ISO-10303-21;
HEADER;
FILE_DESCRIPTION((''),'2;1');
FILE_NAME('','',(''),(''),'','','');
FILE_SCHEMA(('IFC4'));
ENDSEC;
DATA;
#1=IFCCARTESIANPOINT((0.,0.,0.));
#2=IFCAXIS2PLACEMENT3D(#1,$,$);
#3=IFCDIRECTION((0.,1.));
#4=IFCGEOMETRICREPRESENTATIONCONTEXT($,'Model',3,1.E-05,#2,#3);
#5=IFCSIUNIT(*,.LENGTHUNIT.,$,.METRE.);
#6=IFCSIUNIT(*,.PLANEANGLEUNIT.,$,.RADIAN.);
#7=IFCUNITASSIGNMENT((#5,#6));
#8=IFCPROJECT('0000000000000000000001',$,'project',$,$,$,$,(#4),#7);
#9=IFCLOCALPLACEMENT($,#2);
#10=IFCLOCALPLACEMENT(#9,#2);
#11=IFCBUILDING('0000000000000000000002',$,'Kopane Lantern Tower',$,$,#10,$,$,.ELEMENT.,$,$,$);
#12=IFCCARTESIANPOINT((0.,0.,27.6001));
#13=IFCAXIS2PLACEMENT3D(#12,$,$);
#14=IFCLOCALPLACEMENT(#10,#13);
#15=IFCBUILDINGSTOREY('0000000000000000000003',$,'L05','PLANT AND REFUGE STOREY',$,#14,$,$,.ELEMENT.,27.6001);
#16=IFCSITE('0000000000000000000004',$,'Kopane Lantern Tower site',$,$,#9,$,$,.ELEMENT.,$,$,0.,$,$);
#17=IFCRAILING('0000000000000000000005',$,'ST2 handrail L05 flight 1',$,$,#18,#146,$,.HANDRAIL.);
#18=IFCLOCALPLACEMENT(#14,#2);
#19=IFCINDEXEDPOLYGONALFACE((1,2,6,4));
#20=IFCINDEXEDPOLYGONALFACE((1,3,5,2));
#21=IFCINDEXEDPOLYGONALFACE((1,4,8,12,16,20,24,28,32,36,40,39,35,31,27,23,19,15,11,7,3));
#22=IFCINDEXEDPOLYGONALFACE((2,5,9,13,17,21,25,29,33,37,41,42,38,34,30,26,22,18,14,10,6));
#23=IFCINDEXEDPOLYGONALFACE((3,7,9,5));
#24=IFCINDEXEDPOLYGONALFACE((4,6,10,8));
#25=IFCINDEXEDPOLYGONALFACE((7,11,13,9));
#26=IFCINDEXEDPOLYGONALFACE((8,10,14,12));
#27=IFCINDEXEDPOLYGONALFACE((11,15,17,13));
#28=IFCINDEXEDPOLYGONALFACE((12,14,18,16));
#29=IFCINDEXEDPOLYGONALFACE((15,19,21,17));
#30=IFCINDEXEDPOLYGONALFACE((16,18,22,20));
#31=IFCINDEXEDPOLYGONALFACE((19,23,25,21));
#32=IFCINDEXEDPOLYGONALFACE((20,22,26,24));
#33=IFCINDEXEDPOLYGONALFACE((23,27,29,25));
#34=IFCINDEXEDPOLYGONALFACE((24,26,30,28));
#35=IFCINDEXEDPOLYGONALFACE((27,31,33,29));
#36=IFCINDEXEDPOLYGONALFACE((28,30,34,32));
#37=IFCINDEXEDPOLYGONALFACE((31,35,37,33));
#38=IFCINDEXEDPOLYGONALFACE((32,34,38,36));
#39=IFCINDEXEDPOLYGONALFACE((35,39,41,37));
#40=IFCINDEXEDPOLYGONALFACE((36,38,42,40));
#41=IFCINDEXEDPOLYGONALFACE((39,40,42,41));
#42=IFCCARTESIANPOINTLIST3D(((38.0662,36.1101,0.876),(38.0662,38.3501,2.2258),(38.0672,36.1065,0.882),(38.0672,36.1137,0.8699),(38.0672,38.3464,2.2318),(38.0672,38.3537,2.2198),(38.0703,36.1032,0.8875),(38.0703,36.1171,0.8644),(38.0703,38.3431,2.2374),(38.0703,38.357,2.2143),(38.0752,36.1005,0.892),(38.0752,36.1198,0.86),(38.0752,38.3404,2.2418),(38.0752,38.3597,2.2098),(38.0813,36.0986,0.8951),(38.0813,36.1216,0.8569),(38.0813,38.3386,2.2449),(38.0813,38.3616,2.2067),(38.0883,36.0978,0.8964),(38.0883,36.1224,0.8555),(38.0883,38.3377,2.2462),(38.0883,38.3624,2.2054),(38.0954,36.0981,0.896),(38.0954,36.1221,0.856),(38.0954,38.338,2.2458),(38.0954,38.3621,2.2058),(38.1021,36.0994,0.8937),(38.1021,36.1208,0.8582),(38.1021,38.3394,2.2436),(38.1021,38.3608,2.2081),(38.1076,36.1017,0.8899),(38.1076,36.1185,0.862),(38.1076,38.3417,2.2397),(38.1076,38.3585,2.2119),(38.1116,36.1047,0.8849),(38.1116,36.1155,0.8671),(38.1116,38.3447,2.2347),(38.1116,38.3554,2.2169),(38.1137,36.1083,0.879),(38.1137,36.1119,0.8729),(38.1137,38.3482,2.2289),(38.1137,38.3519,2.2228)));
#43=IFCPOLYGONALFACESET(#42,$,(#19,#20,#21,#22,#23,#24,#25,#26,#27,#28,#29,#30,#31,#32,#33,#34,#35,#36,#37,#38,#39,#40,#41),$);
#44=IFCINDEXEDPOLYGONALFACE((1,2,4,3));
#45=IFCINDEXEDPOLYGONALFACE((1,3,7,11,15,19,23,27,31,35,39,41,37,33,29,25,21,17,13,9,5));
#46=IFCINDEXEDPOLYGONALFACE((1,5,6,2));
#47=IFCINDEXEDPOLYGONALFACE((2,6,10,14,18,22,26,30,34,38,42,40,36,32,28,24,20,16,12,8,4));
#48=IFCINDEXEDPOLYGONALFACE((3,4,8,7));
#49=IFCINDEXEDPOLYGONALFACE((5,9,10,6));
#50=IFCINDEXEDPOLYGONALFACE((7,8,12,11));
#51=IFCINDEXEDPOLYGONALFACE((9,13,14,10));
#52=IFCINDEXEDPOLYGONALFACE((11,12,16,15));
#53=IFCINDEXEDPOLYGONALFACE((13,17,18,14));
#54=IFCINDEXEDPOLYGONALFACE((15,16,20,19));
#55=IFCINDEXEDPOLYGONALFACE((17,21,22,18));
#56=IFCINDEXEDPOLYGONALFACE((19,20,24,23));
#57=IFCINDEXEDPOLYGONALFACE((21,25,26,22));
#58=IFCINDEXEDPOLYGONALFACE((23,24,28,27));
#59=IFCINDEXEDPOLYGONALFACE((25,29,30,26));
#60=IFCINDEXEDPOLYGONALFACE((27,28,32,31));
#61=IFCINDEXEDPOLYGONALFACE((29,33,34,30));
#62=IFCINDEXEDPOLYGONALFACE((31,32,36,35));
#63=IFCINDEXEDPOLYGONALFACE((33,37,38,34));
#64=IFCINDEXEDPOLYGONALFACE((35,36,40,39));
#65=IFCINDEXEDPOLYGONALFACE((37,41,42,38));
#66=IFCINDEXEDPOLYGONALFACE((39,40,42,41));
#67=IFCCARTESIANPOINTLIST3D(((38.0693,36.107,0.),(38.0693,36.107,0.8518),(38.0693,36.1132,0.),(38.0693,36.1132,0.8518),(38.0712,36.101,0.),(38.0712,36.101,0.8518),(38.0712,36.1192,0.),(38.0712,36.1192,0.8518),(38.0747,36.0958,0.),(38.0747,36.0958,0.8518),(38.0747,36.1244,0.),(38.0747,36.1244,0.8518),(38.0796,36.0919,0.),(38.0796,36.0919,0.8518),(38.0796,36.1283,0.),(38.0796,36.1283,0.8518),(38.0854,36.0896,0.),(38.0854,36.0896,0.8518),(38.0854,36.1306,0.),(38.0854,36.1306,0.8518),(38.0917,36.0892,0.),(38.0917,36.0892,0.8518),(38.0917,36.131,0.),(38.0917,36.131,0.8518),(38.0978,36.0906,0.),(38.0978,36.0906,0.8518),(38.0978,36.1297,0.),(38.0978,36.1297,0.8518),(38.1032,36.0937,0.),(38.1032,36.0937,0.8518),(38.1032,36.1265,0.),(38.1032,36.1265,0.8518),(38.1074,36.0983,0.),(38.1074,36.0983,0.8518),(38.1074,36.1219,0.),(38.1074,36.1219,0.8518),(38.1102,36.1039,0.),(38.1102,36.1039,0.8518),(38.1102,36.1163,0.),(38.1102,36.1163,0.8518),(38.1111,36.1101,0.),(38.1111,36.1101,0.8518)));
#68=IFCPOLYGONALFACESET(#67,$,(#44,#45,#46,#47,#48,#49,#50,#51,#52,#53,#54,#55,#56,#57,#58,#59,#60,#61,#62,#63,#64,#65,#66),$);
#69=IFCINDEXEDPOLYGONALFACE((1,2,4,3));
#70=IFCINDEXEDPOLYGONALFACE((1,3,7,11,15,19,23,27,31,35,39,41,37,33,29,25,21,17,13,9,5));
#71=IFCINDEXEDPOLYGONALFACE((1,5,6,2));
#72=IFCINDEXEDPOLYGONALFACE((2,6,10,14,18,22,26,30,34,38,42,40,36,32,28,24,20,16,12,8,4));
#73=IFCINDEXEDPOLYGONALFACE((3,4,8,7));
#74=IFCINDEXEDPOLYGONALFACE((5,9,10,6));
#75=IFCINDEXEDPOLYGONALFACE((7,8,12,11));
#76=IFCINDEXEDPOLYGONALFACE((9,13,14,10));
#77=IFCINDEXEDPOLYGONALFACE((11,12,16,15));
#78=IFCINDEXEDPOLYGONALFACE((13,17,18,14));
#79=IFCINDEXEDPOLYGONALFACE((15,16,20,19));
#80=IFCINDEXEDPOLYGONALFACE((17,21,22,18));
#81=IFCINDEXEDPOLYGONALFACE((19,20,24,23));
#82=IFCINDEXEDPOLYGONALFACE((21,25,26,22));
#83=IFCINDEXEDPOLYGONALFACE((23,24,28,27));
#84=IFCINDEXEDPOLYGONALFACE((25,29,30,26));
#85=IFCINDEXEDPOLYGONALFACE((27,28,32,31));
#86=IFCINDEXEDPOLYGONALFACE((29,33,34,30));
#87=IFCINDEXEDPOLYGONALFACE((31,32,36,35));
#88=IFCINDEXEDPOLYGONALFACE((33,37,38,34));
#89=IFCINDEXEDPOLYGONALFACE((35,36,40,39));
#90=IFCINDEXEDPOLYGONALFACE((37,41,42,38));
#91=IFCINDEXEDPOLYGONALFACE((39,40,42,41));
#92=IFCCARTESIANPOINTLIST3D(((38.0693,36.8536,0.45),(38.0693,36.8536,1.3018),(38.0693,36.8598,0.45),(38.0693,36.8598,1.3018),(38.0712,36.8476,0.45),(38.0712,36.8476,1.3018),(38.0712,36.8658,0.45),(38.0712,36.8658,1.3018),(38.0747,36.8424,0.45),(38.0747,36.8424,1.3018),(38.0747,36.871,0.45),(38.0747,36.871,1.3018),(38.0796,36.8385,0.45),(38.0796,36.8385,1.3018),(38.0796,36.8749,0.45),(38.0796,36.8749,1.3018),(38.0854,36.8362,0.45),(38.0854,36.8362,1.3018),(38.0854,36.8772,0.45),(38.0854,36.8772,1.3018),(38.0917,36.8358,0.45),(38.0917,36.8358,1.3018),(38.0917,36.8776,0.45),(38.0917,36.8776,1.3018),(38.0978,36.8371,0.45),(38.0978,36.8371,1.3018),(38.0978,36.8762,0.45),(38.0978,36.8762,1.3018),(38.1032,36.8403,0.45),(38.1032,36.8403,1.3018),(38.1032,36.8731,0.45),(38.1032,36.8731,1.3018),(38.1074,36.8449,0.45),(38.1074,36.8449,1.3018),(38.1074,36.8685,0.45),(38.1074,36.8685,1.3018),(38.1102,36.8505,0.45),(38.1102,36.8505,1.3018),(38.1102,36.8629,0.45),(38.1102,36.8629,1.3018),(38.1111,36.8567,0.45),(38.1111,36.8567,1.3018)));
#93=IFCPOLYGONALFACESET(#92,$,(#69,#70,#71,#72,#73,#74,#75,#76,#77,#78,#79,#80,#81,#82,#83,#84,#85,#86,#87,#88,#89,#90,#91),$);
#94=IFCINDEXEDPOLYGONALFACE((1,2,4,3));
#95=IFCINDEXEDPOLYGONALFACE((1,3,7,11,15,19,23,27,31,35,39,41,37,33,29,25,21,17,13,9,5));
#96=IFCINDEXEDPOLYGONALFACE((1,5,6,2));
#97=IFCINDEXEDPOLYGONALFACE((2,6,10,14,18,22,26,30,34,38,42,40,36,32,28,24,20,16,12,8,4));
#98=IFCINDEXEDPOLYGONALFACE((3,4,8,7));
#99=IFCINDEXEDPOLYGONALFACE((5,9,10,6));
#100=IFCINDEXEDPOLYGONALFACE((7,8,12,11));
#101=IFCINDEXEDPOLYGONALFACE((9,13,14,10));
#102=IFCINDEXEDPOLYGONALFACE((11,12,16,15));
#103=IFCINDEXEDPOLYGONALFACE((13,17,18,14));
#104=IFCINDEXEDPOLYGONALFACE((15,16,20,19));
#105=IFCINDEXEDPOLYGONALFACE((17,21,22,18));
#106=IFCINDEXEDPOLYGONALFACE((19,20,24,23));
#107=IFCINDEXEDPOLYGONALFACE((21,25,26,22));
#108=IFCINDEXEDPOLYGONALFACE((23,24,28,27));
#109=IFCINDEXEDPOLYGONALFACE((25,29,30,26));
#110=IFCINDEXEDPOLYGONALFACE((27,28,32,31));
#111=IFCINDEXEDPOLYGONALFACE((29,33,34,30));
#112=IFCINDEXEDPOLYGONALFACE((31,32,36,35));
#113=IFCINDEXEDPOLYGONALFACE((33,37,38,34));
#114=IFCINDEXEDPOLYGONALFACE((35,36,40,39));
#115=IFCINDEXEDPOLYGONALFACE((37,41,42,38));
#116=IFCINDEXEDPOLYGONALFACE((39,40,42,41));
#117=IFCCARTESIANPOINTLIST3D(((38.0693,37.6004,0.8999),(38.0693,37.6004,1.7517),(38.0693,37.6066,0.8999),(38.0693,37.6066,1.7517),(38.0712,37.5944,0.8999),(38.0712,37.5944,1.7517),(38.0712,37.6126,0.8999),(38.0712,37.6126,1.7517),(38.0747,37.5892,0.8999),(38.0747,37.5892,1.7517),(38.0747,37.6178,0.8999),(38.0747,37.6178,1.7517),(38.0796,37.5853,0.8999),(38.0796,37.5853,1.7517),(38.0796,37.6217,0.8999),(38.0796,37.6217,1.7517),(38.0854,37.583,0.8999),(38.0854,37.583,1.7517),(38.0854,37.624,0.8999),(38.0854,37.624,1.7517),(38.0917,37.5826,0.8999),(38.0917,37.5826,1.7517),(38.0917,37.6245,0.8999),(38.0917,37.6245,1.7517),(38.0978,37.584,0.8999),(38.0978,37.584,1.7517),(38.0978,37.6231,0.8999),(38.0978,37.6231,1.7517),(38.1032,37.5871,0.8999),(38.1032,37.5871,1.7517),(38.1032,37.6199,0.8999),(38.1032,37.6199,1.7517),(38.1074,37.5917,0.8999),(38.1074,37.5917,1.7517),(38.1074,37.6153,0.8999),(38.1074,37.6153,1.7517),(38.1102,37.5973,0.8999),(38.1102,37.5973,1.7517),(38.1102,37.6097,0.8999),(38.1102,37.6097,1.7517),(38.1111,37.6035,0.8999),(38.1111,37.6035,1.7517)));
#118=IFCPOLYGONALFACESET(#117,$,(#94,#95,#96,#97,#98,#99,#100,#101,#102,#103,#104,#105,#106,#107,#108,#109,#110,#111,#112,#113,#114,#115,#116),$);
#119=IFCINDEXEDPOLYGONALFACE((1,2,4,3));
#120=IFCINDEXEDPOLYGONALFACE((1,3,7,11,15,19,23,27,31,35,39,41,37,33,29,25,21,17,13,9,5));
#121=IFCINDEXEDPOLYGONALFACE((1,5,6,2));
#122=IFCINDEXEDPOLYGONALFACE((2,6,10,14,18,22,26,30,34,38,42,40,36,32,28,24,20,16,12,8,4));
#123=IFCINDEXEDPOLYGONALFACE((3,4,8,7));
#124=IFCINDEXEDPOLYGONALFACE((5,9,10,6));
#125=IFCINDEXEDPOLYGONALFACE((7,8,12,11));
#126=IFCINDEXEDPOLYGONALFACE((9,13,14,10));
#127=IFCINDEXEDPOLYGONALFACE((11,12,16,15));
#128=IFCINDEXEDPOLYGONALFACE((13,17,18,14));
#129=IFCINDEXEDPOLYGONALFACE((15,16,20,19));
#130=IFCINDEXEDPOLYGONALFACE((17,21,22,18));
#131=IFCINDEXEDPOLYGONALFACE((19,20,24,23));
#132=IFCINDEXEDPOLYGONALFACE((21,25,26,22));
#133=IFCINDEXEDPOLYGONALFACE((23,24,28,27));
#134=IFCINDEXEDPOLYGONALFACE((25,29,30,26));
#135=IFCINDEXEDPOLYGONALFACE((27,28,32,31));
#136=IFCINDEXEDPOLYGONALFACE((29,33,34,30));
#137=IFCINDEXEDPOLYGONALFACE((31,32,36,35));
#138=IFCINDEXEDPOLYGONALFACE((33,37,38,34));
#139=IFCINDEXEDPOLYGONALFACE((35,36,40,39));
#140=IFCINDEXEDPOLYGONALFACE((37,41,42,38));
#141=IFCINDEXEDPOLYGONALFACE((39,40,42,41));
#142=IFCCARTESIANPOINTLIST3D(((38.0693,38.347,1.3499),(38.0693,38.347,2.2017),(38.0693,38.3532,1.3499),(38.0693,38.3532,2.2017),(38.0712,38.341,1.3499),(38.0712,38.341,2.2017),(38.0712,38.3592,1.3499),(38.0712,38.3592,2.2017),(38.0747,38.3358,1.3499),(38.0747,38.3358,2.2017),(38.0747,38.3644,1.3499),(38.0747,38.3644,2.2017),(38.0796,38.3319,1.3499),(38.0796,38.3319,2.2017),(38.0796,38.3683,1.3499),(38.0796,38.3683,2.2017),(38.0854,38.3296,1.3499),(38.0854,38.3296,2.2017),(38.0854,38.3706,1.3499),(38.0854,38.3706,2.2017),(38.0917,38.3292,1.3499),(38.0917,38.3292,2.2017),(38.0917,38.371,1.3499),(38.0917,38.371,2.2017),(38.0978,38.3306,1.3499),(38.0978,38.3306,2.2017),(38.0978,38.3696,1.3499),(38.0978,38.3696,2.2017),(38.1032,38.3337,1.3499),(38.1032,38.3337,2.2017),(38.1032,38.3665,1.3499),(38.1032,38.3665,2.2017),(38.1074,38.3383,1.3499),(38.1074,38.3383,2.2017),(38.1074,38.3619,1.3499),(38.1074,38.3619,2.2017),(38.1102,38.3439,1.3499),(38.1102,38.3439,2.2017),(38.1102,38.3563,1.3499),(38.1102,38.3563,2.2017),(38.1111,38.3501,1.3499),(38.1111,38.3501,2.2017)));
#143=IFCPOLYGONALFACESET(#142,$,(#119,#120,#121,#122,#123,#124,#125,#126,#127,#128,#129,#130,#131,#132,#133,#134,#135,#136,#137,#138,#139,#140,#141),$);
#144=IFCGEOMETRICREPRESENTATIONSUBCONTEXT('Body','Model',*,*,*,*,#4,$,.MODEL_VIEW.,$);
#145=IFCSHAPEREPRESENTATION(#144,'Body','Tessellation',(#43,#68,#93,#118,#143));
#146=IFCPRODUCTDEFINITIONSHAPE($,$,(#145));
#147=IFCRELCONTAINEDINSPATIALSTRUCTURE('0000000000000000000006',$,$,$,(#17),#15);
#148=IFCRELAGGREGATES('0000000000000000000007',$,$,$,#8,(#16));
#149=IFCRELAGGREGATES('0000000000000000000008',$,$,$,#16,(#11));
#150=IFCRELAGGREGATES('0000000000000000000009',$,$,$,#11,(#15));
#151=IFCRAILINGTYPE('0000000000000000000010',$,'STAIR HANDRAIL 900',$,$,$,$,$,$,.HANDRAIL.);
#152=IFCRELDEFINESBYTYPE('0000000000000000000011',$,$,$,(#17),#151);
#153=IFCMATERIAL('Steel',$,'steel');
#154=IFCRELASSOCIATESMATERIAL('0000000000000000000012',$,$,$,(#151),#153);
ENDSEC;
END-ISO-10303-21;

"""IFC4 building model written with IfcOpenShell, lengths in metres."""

from ifc_helpers import new_model, si_unit, direction, frame, origin, origin_2d, place, context, subcontext, project, spatial, circle, extrude, material, type_object, element, save


model = new_model("IFC4")

# Units and contexts
model_context = context("Model", 3, precision=1e-05, world=origin(), true_north=direction((0.0, 1.0)))
body_context = subcontext(model_context, "Body", "Model", "MODEL_VIEW")
ifc_project = project(units=[si_unit("LENGTHUNIT", "METRE"), si_unit("PLANEANGLEUNIT", "RADIAN")], contexts=[model_context])

# Site, building, storey
site_placement = place(None, origin())
site = spatial("IfcSite", under=ifc_project, at=site_placement, Name="Kopane Lantern Tower site", CompositionType="ELEMENT", RefElevation=0.0)
building_placement = place(site_placement, origin())
building = spatial("IfcBuilding", under=site, at=building_placement, Name="Kopane Lantern Tower", CompositionType="ELEMENT")
storey_placement = place(building_placement, frame((0.0, 0.0, 27.6001)))
storey = spatial("IfcBuildingStorey", under=building, at=storey_placement, Name="L05", Description="PLANT AND REFUGE STOREY", CompositionType="ELEMENT", Elevation=27.6001)

# Railing
ifc_material_1 = material(Name="Steel", Category="steel")
railing_type_1 = type_object("IfcRailingType", Name="STAIR HANDRAIL 900", PredefinedType="HANDRAIL", material=ifc_material_1)
for number, where, name in (
    (1, (38.0901, 36.1101, 0.0), "ST2 handrail L05 flight 1"),
):
    element("IfcRailing", number, at=place(storey_placement, frame(where)), inside=storey, type_object=railing_type_1, Name=name, PredefinedType="HANDRAIL", context=body_context, shape_type="SweptSolid", body=[
        extrude(circle(Radius=0.0239, at=origin_2d()), frame((0.0, 0.0, 0.876), z_axis=(0.0, 0.856503, 0.516142), x_axis=(-1.0, 0.0, 0.0)), (0.0, 0.0, 1.0), 2.6152),
        extrude(circle(Radius=0.021, at=origin_2d()), origin(), (0.0, 0.0, 1.0), 0.8518),
        extrude(circle(Radius=0.021, at=origin_2d()), frame((0.0, 0.7466, 0.45)), (0.0, 0.0, 1.0), 0.8518),
        extrude(circle(Radius=0.021, at=origin_2d()), frame((0.0, 1.4934, 0.8999)), (0.0, 0.0, 1.0), 0.8518),
        extrude(circle(Radius=0.021, at=origin_2d()), frame((0.0, 2.24, 1.3499)), (0.0, 0.0, 1.0), 0.8518),
    ])

save(model, "model.ifc")
